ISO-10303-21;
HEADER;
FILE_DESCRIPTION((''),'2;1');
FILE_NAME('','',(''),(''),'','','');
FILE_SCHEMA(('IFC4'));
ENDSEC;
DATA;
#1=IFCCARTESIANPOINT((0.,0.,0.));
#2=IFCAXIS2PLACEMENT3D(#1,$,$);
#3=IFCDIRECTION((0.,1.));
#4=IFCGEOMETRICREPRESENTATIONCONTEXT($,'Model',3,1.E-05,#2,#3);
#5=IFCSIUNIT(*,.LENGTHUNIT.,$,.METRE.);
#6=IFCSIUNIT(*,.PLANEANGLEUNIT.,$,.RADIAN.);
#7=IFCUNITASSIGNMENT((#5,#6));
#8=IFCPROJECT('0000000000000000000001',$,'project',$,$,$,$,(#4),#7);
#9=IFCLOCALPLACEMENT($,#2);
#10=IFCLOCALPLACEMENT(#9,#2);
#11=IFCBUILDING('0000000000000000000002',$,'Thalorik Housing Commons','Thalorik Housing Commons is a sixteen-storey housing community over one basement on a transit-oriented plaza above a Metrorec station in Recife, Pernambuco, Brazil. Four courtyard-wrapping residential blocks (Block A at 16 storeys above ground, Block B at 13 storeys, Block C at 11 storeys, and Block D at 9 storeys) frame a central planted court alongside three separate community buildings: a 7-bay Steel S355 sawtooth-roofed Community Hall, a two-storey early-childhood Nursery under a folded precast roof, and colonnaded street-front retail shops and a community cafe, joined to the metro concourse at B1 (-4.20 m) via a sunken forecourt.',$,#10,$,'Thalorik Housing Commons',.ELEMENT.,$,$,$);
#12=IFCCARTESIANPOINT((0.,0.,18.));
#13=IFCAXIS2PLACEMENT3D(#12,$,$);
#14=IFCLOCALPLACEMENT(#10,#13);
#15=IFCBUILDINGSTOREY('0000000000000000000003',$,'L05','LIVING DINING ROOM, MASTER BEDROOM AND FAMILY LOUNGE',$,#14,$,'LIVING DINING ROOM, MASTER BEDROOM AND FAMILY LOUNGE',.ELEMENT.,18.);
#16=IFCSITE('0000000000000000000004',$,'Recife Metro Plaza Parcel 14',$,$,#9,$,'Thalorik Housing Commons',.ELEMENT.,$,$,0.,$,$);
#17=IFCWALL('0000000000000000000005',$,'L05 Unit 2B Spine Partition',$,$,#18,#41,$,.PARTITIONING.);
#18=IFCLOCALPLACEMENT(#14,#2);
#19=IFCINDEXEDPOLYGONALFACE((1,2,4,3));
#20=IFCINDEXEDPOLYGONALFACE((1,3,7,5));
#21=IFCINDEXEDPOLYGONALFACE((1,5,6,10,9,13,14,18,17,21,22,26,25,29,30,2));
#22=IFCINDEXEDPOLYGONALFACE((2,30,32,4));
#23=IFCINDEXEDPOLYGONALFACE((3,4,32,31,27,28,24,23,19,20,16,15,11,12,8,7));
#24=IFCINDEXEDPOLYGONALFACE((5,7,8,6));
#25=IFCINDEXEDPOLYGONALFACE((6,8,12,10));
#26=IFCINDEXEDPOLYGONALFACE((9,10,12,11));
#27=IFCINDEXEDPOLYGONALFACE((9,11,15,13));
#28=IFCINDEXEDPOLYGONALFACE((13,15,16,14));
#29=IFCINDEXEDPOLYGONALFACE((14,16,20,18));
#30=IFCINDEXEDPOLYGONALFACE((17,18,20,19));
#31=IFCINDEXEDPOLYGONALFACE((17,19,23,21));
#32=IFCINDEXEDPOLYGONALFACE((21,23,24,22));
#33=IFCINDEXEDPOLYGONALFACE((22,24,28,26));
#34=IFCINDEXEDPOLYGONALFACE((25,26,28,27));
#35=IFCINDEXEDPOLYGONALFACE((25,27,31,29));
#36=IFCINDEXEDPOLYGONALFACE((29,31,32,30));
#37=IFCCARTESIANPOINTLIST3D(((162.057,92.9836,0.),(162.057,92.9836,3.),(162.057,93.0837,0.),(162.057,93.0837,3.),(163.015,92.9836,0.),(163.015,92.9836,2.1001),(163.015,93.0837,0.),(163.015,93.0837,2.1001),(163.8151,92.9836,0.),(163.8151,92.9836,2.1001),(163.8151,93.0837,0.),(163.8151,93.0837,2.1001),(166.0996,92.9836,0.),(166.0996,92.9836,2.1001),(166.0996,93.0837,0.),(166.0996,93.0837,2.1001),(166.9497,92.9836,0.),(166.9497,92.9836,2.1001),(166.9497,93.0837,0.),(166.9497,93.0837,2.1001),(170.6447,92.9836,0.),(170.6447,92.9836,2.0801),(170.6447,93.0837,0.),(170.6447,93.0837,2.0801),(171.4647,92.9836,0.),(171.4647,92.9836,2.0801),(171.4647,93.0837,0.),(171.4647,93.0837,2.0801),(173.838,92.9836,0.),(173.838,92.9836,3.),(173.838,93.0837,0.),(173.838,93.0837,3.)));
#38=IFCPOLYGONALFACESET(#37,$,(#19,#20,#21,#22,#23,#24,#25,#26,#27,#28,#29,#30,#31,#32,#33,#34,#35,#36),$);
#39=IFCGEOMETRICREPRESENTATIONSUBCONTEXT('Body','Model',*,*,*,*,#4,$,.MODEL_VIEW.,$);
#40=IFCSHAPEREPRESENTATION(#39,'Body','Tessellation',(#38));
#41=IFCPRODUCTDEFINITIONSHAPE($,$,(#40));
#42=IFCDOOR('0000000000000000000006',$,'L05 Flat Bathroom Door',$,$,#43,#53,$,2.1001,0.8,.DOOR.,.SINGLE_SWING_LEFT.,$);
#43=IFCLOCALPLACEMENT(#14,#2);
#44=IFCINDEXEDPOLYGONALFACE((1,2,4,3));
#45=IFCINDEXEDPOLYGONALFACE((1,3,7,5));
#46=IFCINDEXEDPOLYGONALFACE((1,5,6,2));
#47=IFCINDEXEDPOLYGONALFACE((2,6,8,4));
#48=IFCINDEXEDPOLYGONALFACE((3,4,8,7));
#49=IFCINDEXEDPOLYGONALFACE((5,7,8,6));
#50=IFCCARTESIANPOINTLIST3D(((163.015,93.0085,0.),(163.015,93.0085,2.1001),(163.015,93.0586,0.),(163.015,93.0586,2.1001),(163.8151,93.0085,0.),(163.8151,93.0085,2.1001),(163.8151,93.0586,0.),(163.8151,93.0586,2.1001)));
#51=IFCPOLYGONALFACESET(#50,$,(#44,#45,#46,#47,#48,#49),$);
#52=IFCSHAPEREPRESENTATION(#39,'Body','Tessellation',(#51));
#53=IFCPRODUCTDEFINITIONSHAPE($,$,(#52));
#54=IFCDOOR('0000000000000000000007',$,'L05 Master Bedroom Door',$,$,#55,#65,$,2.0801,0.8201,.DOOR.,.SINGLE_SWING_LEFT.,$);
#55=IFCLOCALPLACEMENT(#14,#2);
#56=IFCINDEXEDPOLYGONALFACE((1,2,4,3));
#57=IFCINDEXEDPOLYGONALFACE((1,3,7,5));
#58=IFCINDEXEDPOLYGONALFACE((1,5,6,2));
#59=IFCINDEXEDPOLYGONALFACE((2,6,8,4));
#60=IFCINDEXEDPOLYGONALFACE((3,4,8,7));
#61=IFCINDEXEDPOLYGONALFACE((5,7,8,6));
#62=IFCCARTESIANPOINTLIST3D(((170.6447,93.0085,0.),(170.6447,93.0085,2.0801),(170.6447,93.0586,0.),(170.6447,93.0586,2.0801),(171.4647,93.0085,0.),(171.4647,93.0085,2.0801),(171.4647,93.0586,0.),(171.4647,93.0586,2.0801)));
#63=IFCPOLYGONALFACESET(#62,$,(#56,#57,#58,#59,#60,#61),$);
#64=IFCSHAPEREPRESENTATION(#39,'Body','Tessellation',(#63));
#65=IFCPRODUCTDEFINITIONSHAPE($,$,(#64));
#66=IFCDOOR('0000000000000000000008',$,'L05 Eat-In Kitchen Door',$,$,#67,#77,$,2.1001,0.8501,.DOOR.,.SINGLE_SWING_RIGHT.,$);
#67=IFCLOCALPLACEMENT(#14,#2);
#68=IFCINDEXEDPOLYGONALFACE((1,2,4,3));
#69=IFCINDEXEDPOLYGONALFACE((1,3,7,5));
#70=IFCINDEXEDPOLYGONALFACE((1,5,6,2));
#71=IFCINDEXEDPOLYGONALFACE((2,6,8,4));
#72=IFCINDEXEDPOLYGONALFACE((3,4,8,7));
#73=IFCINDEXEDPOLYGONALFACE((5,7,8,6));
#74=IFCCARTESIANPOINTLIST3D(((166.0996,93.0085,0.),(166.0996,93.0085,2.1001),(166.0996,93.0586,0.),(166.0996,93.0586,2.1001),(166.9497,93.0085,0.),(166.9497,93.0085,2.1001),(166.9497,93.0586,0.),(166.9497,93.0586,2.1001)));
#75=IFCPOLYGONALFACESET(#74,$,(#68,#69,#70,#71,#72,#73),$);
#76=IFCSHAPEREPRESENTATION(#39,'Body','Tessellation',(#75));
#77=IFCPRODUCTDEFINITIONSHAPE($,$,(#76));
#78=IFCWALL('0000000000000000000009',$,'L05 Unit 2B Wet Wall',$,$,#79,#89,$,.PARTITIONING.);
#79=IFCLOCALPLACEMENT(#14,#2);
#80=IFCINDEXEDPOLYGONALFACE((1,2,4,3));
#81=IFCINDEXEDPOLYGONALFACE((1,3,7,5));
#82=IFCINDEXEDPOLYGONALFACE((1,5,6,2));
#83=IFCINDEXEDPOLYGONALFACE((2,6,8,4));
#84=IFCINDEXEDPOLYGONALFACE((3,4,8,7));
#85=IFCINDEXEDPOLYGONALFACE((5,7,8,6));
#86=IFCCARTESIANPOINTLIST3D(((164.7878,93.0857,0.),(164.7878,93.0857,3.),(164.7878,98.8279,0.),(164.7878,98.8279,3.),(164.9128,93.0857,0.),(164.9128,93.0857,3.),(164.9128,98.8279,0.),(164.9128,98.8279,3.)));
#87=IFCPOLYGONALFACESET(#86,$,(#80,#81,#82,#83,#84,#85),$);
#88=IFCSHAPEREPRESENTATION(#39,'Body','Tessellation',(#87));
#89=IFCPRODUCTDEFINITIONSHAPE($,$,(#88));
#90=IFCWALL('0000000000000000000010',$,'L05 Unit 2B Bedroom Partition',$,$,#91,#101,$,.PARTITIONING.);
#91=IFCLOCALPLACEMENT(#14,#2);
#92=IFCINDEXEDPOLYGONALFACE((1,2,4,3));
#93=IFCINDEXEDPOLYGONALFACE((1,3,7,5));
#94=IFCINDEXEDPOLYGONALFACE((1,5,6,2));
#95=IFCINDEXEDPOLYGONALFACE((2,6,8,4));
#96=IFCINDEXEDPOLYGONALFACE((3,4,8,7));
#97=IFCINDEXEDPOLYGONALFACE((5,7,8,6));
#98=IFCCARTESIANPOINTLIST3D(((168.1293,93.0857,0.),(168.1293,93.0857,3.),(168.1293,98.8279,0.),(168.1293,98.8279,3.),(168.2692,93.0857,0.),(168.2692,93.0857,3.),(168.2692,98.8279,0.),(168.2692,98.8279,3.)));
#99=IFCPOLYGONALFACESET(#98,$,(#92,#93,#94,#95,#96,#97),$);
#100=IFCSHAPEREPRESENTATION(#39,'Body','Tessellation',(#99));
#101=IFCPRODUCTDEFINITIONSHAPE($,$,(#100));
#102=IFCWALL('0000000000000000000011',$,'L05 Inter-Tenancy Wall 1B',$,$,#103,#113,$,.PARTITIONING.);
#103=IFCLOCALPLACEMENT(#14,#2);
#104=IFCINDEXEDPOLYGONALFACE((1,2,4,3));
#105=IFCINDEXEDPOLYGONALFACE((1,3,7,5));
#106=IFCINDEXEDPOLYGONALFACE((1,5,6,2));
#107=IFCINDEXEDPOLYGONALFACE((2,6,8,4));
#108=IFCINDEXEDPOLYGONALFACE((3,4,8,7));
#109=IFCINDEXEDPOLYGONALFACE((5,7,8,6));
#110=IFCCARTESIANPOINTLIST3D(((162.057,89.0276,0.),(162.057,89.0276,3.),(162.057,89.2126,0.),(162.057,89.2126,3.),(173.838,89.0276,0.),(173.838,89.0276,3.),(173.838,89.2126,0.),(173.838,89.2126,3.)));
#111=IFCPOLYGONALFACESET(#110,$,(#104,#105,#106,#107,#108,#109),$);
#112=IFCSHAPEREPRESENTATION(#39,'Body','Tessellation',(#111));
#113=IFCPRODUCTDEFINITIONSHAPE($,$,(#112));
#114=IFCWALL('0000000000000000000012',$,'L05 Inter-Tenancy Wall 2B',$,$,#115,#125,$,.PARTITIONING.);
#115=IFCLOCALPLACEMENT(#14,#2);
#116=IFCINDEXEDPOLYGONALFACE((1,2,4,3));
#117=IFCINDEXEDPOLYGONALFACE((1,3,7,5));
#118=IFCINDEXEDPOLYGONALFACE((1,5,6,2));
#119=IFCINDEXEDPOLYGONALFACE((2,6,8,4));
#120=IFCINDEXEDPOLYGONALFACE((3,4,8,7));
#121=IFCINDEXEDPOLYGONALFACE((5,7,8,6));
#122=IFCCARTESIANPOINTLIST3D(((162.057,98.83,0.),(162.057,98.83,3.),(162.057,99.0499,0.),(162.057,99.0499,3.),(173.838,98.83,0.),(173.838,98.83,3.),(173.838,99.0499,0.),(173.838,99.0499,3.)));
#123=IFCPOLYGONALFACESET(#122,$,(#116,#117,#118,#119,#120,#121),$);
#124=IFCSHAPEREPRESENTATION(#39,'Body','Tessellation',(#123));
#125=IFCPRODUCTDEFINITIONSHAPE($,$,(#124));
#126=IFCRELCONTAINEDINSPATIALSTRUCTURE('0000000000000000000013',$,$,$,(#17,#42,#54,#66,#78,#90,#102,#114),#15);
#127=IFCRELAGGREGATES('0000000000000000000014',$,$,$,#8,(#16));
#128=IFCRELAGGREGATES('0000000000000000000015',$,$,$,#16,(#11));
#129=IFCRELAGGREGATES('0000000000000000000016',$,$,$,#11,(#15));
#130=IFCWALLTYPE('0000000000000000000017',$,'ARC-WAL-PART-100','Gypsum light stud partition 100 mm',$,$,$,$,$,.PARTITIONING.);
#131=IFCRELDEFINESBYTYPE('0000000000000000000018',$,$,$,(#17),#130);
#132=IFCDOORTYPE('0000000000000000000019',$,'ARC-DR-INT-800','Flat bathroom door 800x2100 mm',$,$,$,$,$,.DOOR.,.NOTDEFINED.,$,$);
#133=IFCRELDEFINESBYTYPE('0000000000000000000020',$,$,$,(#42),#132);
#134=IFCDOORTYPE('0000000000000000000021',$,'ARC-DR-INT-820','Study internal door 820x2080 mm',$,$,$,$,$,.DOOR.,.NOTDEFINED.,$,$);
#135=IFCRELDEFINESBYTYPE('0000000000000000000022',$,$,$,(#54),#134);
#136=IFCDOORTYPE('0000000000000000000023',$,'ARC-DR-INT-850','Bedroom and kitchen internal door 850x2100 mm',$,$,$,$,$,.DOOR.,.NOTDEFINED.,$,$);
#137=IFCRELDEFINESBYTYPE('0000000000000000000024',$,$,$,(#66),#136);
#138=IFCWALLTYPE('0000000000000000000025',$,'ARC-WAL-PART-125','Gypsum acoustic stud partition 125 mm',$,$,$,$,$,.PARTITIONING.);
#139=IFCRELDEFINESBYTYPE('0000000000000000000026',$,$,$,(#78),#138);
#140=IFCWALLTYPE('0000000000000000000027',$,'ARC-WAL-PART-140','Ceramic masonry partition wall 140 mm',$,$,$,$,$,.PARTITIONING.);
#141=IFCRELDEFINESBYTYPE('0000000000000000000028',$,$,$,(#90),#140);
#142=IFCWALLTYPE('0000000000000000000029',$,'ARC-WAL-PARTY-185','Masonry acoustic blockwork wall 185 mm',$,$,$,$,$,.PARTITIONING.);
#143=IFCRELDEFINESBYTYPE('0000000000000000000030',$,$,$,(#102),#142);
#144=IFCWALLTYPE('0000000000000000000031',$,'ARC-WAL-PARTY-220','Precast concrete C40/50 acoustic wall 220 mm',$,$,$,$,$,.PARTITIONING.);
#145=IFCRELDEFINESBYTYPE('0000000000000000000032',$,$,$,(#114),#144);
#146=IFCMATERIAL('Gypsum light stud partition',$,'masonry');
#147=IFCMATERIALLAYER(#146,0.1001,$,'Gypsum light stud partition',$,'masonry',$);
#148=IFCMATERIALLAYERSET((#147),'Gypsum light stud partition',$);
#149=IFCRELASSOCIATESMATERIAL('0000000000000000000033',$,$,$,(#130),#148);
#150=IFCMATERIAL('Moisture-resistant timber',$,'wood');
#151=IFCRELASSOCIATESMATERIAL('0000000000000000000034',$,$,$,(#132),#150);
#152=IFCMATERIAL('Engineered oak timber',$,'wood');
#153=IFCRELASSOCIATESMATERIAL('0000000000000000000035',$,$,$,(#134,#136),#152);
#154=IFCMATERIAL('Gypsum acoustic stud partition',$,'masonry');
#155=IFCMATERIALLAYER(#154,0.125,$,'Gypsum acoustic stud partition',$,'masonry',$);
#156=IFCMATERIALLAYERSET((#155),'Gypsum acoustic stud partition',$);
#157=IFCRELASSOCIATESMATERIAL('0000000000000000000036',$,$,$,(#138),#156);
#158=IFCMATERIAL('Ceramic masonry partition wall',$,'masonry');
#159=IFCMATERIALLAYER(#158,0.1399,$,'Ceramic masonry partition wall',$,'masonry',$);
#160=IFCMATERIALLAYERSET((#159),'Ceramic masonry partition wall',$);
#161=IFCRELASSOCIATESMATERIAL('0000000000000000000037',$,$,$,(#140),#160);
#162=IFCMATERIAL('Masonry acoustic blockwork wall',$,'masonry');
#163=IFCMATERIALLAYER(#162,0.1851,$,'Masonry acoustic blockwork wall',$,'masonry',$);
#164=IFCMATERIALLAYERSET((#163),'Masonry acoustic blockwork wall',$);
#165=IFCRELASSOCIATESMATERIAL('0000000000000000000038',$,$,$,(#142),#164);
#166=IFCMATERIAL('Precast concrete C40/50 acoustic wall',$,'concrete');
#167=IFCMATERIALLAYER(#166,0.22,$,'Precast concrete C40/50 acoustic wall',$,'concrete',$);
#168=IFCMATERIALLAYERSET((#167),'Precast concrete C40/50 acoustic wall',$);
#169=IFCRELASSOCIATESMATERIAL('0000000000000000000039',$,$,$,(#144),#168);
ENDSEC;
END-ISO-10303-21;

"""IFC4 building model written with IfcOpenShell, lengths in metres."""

from ifc_helpers import new_model, si_unit, direction, frame, frame_2d, origin, place, context, subcontext, project, spatial, rectangle, extrude, material, layer, layer_set, type_object, element, fill, save


model = new_model("IFC4")

# Units and contexts
model_context = context("Model", 3, precision=1e-05, world=origin(), true_north=direction((0.0, 1.0)))
body_context = subcontext(model_context, "Body", "Model", "MODEL_VIEW")
ifc_project = project(units=[si_unit("LENGTHUNIT", "METRE"), si_unit("PLANEANGLEUNIT", "RADIAN")], contexts=[model_context])

# Site, building, storey
site_placement = place(None, origin())
site = spatial("IfcSite", under=ifc_project, at=site_placement, Name="Recife Metro Plaza Parcel 14", LongName="Thalorik Housing Commons", CompositionType="ELEMENT", RefElevation=0.0)
building_placement = place(site_placement, origin())
building = spatial("IfcBuilding", under=site, at=building_placement, Name="Thalorik Housing Commons", Description="Thalorik Housing Commons is a sixteen-storey housing community over one basement on a transit-oriented plaza above a Metrorec station in Recife, Pernambuco, Brazil. Four courtyard-wrapping residential blocks (Block A at 16 storeys above ground, Block B at 13 storeys, Block C at 11 storeys, and Block D at 9 storeys) frame a central planted court alongside three separate community buildings: a 7-bay Steel S355 sawtooth-roofed Community Hall, a two-storey early-childhood Nursery under a folded precast roof, and colonnaded street-front retail shops and a community cafe, joined to the metro concourse at B1 (-4.20 m) via a sunken forecourt.", LongName="Thalorik Housing Commons", CompositionType="ELEMENT")
storey_placement = place(building_placement, frame((0.0, 0.0, 18.0)))
storey = spatial("IfcBuildingStorey", under=building, at=storey_placement, Name="L05", Description="LIVING DINING ROOM, MASTER BEDROOM AND FAMILY LOUNGE", LongName="LIVING DINING ROOM, MASTER BEDROOM AND FAMILY LOUNGE", CompositionType="ELEMENT", Elevation=18.0)

# Wall, openings, doors
ifc_material_1 = material(Name="Gypsum light stud partition", Category="masonry")
ifc_layer_1 = layer(ifc_material_1, 0.1001, Name="Gypsum light stud partition", Category="masonry")
ifc_layer_set_1 = layer_set([ifc_layer_1], Name="Gypsum light stud partition")
wall_type_1 = type_object("IfcWallType", Name="ARC-WAL-PART-100", Description="Gypsum light stud partition 100 mm", PredefinedType="PARTITIONING", material=ifc_layer_set_1)
wall_1_placement = place(storey_placement, frame((162.0569, 93.0337, 0.0), z_axis=(0.0, 0.0, 1.0), x_axis=(1.0, 0.0, 0.0)))
wall_1 = element("IfcWall", 1, at=wall_1_placement, inside=storey, type_object=wall_type_1, Name="L05 Unit 2B Spine Partition", PredefinedType="PARTITIONING", context=body_context, shape_type="SweptSolid", body=[
    extrude(rectangle(XDim=11.781, YDim=0.1001, at=frame_2d((5.8906, 0.0))), origin(), (0.0, 0.0, 1.0), 3.0),
])
opening_1_placement = place(wall_1_placement, frame((0.9583, 0.0, 0.0)))
opening_1 = element("IfcOpeningElement", 2, at=opening_1_placement, cuts=wall_1, PredefinedType="OPENING", context=body_context, shape_type="SweptSolid", body=[
    extrude(rectangle(XDim=0.8, YDim=2.1001, at=frame_2d((0.3999, 1.05))), frame((0.0, 0.0601, 0.0), z_axis=(0.0, -1.0, 0.0), x_axis=(1.0, 0.0, 0.0)), (0.0, 0.0, 1.0), 0.1201),
])
opening_2_placement = place(wall_1_placement, frame((4.0427, 0.0, 0.0)))
opening_2 = element("IfcOpeningElement", 3, at=opening_2_placement, cuts=wall_1, PredefinedType="OPENING", context=body_context, shape_type="SweptSolid", body=[
    extrude(rectangle(XDim=0.8501, YDim=2.1001, at=frame_2d((0.425, 1.05))), frame((0.0, 0.0601, 0.0), z_axis=(0.0, -1.0, 0.0), x_axis=(1.0, 0.0, 0.0)), (0.0, 0.0, 1.0), 0.1201),
])
opening_3_placement = place(wall_1_placement, frame((8.5876, 0.0, 0.0)))
opening_3 = element("IfcOpeningElement", 4, at=opening_3_placement, cuts=wall_1, PredefinedType="OPENING", context=body_context, shape_type="SweptSolid", body=[
    extrude(rectangle(XDim=0.8201, YDim=2.0801, at=frame_2d((0.4102, 1.04))), frame((0.0, 0.0601, 0.0), z_axis=(0.0, -1.0, 0.0), x_axis=(1.0, 0.0, 0.0)), (0.0, 0.0, 1.0), 0.1201),
])
ifc_material_2 = material(Name="Moisture-resistant timber", Category="wood")
door_type_1 = type_object("IfcDoorType", Name="ARC-DR-INT-800", Description="Flat bathroom door 800x2100 mm", OperationType="NOTDEFINED", PredefinedType="DOOR", material=ifc_material_2)
door_1_placement = place(opening_1_placement, origin())
door_1 = element("IfcDoor", 5, at=door_1_placement, inside=storey, type_object=door_type_1, Name="L05 Flat Bathroom Door", OperationType="SINGLE_SWING_LEFT", OverallHeight=2.1001, OverallWidth=0.8, PredefinedType="DOOR", context=body_context, shape_type="SweptSolid", body=[
    extrude(rectangle(XDim=0.8, YDim=2.1001, at=frame_2d((0.3999, 1.05))), frame((0.0, 0.0249, 0.0), z_axis=(0.0, -1.0, 0.0), x_axis=(1.0, 0.0, 0.0)), (0.0, 0.0, 1.0), 0.05),
])
fill(opening_1, door_1)
ifc_material_3 = material(Name="Engineered oak timber", Category="wood")
door_type_2 = type_object("IfcDoorType", Name="ARC-DR-INT-820", Description="Study internal door 820x2080 mm", OperationType="NOTDEFINED", PredefinedType="DOOR", material=ifc_material_3)
door_2_placement = place(opening_3_placement, origin())
door_2 = element("IfcDoor", 6, at=door_2_placement, inside=storey, type_object=door_type_2, Name="L05 Master Bedroom Door", OperationType="SINGLE_SWING_LEFT", OverallHeight=2.0801, OverallWidth=0.8201, PredefinedType="DOOR", context=body_context, shape_type="SweptSolid", body=[
    extrude(rectangle(XDim=0.8201, YDim=2.0801, at=frame_2d((0.4102, 1.04))), frame((0.0, 0.0249, 0.0), z_axis=(0.0, -1.0, 0.0), x_axis=(1.0, 0.0, 0.0)), (0.0, 0.0, 1.0), 0.05),
])
fill(opening_3, door_2)
door_type_3 = type_object("IfcDoorType", Name="ARC-DR-INT-850", Description="Bedroom and kitchen internal door 850x2100 mm", OperationType="NOTDEFINED", PredefinedType="DOOR", material=ifc_material_3)
door_3_placement = place(opening_2_placement, origin())
door_3 = element("IfcDoor", 7, at=door_3_placement, inside=storey, type_object=door_type_3, Name="L05 Eat-In Kitchen Door", OperationType="SINGLE_SWING_RIGHT", OverallHeight=2.1001, OverallWidth=0.8501, PredefinedType="DOOR", context=body_context, shape_type="SweptSolid", body=[
    extrude(rectangle(XDim=0.8501, YDim=2.1001, at=frame_2d((0.425, 1.05))), frame((0.0, 0.0249, 0.0), z_axis=(0.0, -1.0, 0.0), x_axis=(1.0, 0.0, 0.0)), (0.0, 0.0, 1.0), 0.05),
])
fill(opening_2, door_3)

# Walls
ifc_material_4 = material(Name="Gypsum acoustic stud partition", Category="masonry")
ifc_layer_2 = layer(ifc_material_4, 0.125, Name="Gypsum acoustic stud partition", Category="masonry")
ifc_layer_set_2 = layer_set([ifc_layer_2], Name="Gypsum acoustic stud partition")
wall_type_2 = type_object("IfcWallType", Name="ARC-WAL-PART-125", Description="Gypsum acoustic stud partition 125 mm", PredefinedType="PARTITIONING", material=ifc_layer_set_2)
wall_2_placement = place(storey_placement, frame((164.8503, 93.0857, 0.0), z_axis=(0.0, 0.0, 1.0), x_axis=(0.0, 1.0, 0.0)))
element("IfcWall", 8, at=wall_2_placement, inside=storey, type_object=wall_type_2, Name="L05 Unit 2B Wet Wall", PredefinedType="PARTITIONING", context=body_context, shape_type="SweptSolid", body=[
    extrude(rectangle(XDim=5.7422, YDim=0.125, at=frame_2d((2.8711, 0.0))), origin(), (0.0, 0.0, 1.0), 3.0),
])
ifc_material_5 = material(Name="Ceramic masonry partition wall", Category="masonry")
ifc_layer_3 = layer(ifc_material_5, 0.1399, Name="Ceramic masonry partition wall", Category="masonry")
ifc_layer_set_3 = layer_set([ifc_layer_3], Name="Ceramic masonry partition wall")
wall_type_3 = type_object("IfcWallType", Name="ARC-WAL-PART-140", Description="Ceramic masonry partition wall 140 mm", PredefinedType="PARTITIONING", material=ifc_layer_set_3)
wall_3_placement = place(storey_placement, frame((168.1992, 93.0857, 0.0), z_axis=(0.0, 0.0, 1.0), x_axis=(0.0, 1.0, 0.0)))
element("IfcWall", 9, at=wall_3_placement, inside=storey, type_object=wall_type_3, Name="L05 Unit 2B Bedroom Partition", PredefinedType="PARTITIONING", context=body_context, shape_type="SweptSolid", body=[
    extrude(rectangle(XDim=5.7422, YDim=0.1399, at=frame_2d((2.8711, 0.0))), origin(), (0.0, 0.0, 1.0), 3.0),
])
ifc_material_6 = material(Name="Masonry acoustic blockwork wall", Category="masonry")
ifc_layer_4 = layer(ifc_material_6, 0.1851, Name="Masonry acoustic blockwork wall", Category="masonry")
ifc_layer_set_4 = layer_set([ifc_layer_4], Name="Masonry acoustic blockwork wall")
wall_type_4 = type_object("IfcWallType", Name="ARC-WAL-PARTY-185", Description="Masonry acoustic blockwork wall 185 mm", PredefinedType="PARTITIONING", material=ifc_layer_set_4)
wall_4_placement = place(storey_placement, frame((162.0569, 89.1201, 0.0), z_axis=(0.0, 0.0, 1.0), x_axis=(1.0, 0.0, 0.0)))
element("IfcWall", 10, at=wall_4_placement, inside=storey, type_object=wall_type_4, Name="L05 Inter-Tenancy Wall 1B", PredefinedType="PARTITIONING", context=body_context, shape_type="SweptSolid", body=[
    extrude(rectangle(XDim=11.781, YDim=0.1851, at=frame_2d((5.8906, 0.0))), origin(), (0.0, 0.0, 1.0), 3.0),
])
ifc_material_7 = material(Name="Precast concrete C40/50 acoustic wall", Category="concrete")
ifc_layer_5 = layer(ifc_material_7, 0.22, Name="Precast concrete C40/50 acoustic wall", Category="concrete")
ifc_layer_set_5 = layer_set([ifc_layer_5], Name="Precast concrete C40/50 acoustic wall")
wall_type_5 = type_object("IfcWallType", Name="ARC-WAL-PARTY-220", Description="Precast concrete C40/50 acoustic wall 220 mm", PredefinedType="PARTITIONING", material=ifc_layer_set_5)
wall_5_placement = place(storey_placement, frame((162.0569, 98.9399, 0.0), z_axis=(0.0, 0.0, 1.0), x_axis=(1.0, 0.0, 0.0)))
element("IfcWall", 11, at=wall_5_placement, inside=storey, type_object=wall_type_5, Name="L05 Inter-Tenancy Wall 2B", PredefinedType="PARTITIONING", context=body_context, shape_type="SweptSolid", body=[
    extrude(rectangle(XDim=11.781, YDim=0.22, at=frame_2d((5.8906, 0.0))), origin(), (0.0, 0.0, 1.0), 3.0),
])

save(model, "model.ifc")
